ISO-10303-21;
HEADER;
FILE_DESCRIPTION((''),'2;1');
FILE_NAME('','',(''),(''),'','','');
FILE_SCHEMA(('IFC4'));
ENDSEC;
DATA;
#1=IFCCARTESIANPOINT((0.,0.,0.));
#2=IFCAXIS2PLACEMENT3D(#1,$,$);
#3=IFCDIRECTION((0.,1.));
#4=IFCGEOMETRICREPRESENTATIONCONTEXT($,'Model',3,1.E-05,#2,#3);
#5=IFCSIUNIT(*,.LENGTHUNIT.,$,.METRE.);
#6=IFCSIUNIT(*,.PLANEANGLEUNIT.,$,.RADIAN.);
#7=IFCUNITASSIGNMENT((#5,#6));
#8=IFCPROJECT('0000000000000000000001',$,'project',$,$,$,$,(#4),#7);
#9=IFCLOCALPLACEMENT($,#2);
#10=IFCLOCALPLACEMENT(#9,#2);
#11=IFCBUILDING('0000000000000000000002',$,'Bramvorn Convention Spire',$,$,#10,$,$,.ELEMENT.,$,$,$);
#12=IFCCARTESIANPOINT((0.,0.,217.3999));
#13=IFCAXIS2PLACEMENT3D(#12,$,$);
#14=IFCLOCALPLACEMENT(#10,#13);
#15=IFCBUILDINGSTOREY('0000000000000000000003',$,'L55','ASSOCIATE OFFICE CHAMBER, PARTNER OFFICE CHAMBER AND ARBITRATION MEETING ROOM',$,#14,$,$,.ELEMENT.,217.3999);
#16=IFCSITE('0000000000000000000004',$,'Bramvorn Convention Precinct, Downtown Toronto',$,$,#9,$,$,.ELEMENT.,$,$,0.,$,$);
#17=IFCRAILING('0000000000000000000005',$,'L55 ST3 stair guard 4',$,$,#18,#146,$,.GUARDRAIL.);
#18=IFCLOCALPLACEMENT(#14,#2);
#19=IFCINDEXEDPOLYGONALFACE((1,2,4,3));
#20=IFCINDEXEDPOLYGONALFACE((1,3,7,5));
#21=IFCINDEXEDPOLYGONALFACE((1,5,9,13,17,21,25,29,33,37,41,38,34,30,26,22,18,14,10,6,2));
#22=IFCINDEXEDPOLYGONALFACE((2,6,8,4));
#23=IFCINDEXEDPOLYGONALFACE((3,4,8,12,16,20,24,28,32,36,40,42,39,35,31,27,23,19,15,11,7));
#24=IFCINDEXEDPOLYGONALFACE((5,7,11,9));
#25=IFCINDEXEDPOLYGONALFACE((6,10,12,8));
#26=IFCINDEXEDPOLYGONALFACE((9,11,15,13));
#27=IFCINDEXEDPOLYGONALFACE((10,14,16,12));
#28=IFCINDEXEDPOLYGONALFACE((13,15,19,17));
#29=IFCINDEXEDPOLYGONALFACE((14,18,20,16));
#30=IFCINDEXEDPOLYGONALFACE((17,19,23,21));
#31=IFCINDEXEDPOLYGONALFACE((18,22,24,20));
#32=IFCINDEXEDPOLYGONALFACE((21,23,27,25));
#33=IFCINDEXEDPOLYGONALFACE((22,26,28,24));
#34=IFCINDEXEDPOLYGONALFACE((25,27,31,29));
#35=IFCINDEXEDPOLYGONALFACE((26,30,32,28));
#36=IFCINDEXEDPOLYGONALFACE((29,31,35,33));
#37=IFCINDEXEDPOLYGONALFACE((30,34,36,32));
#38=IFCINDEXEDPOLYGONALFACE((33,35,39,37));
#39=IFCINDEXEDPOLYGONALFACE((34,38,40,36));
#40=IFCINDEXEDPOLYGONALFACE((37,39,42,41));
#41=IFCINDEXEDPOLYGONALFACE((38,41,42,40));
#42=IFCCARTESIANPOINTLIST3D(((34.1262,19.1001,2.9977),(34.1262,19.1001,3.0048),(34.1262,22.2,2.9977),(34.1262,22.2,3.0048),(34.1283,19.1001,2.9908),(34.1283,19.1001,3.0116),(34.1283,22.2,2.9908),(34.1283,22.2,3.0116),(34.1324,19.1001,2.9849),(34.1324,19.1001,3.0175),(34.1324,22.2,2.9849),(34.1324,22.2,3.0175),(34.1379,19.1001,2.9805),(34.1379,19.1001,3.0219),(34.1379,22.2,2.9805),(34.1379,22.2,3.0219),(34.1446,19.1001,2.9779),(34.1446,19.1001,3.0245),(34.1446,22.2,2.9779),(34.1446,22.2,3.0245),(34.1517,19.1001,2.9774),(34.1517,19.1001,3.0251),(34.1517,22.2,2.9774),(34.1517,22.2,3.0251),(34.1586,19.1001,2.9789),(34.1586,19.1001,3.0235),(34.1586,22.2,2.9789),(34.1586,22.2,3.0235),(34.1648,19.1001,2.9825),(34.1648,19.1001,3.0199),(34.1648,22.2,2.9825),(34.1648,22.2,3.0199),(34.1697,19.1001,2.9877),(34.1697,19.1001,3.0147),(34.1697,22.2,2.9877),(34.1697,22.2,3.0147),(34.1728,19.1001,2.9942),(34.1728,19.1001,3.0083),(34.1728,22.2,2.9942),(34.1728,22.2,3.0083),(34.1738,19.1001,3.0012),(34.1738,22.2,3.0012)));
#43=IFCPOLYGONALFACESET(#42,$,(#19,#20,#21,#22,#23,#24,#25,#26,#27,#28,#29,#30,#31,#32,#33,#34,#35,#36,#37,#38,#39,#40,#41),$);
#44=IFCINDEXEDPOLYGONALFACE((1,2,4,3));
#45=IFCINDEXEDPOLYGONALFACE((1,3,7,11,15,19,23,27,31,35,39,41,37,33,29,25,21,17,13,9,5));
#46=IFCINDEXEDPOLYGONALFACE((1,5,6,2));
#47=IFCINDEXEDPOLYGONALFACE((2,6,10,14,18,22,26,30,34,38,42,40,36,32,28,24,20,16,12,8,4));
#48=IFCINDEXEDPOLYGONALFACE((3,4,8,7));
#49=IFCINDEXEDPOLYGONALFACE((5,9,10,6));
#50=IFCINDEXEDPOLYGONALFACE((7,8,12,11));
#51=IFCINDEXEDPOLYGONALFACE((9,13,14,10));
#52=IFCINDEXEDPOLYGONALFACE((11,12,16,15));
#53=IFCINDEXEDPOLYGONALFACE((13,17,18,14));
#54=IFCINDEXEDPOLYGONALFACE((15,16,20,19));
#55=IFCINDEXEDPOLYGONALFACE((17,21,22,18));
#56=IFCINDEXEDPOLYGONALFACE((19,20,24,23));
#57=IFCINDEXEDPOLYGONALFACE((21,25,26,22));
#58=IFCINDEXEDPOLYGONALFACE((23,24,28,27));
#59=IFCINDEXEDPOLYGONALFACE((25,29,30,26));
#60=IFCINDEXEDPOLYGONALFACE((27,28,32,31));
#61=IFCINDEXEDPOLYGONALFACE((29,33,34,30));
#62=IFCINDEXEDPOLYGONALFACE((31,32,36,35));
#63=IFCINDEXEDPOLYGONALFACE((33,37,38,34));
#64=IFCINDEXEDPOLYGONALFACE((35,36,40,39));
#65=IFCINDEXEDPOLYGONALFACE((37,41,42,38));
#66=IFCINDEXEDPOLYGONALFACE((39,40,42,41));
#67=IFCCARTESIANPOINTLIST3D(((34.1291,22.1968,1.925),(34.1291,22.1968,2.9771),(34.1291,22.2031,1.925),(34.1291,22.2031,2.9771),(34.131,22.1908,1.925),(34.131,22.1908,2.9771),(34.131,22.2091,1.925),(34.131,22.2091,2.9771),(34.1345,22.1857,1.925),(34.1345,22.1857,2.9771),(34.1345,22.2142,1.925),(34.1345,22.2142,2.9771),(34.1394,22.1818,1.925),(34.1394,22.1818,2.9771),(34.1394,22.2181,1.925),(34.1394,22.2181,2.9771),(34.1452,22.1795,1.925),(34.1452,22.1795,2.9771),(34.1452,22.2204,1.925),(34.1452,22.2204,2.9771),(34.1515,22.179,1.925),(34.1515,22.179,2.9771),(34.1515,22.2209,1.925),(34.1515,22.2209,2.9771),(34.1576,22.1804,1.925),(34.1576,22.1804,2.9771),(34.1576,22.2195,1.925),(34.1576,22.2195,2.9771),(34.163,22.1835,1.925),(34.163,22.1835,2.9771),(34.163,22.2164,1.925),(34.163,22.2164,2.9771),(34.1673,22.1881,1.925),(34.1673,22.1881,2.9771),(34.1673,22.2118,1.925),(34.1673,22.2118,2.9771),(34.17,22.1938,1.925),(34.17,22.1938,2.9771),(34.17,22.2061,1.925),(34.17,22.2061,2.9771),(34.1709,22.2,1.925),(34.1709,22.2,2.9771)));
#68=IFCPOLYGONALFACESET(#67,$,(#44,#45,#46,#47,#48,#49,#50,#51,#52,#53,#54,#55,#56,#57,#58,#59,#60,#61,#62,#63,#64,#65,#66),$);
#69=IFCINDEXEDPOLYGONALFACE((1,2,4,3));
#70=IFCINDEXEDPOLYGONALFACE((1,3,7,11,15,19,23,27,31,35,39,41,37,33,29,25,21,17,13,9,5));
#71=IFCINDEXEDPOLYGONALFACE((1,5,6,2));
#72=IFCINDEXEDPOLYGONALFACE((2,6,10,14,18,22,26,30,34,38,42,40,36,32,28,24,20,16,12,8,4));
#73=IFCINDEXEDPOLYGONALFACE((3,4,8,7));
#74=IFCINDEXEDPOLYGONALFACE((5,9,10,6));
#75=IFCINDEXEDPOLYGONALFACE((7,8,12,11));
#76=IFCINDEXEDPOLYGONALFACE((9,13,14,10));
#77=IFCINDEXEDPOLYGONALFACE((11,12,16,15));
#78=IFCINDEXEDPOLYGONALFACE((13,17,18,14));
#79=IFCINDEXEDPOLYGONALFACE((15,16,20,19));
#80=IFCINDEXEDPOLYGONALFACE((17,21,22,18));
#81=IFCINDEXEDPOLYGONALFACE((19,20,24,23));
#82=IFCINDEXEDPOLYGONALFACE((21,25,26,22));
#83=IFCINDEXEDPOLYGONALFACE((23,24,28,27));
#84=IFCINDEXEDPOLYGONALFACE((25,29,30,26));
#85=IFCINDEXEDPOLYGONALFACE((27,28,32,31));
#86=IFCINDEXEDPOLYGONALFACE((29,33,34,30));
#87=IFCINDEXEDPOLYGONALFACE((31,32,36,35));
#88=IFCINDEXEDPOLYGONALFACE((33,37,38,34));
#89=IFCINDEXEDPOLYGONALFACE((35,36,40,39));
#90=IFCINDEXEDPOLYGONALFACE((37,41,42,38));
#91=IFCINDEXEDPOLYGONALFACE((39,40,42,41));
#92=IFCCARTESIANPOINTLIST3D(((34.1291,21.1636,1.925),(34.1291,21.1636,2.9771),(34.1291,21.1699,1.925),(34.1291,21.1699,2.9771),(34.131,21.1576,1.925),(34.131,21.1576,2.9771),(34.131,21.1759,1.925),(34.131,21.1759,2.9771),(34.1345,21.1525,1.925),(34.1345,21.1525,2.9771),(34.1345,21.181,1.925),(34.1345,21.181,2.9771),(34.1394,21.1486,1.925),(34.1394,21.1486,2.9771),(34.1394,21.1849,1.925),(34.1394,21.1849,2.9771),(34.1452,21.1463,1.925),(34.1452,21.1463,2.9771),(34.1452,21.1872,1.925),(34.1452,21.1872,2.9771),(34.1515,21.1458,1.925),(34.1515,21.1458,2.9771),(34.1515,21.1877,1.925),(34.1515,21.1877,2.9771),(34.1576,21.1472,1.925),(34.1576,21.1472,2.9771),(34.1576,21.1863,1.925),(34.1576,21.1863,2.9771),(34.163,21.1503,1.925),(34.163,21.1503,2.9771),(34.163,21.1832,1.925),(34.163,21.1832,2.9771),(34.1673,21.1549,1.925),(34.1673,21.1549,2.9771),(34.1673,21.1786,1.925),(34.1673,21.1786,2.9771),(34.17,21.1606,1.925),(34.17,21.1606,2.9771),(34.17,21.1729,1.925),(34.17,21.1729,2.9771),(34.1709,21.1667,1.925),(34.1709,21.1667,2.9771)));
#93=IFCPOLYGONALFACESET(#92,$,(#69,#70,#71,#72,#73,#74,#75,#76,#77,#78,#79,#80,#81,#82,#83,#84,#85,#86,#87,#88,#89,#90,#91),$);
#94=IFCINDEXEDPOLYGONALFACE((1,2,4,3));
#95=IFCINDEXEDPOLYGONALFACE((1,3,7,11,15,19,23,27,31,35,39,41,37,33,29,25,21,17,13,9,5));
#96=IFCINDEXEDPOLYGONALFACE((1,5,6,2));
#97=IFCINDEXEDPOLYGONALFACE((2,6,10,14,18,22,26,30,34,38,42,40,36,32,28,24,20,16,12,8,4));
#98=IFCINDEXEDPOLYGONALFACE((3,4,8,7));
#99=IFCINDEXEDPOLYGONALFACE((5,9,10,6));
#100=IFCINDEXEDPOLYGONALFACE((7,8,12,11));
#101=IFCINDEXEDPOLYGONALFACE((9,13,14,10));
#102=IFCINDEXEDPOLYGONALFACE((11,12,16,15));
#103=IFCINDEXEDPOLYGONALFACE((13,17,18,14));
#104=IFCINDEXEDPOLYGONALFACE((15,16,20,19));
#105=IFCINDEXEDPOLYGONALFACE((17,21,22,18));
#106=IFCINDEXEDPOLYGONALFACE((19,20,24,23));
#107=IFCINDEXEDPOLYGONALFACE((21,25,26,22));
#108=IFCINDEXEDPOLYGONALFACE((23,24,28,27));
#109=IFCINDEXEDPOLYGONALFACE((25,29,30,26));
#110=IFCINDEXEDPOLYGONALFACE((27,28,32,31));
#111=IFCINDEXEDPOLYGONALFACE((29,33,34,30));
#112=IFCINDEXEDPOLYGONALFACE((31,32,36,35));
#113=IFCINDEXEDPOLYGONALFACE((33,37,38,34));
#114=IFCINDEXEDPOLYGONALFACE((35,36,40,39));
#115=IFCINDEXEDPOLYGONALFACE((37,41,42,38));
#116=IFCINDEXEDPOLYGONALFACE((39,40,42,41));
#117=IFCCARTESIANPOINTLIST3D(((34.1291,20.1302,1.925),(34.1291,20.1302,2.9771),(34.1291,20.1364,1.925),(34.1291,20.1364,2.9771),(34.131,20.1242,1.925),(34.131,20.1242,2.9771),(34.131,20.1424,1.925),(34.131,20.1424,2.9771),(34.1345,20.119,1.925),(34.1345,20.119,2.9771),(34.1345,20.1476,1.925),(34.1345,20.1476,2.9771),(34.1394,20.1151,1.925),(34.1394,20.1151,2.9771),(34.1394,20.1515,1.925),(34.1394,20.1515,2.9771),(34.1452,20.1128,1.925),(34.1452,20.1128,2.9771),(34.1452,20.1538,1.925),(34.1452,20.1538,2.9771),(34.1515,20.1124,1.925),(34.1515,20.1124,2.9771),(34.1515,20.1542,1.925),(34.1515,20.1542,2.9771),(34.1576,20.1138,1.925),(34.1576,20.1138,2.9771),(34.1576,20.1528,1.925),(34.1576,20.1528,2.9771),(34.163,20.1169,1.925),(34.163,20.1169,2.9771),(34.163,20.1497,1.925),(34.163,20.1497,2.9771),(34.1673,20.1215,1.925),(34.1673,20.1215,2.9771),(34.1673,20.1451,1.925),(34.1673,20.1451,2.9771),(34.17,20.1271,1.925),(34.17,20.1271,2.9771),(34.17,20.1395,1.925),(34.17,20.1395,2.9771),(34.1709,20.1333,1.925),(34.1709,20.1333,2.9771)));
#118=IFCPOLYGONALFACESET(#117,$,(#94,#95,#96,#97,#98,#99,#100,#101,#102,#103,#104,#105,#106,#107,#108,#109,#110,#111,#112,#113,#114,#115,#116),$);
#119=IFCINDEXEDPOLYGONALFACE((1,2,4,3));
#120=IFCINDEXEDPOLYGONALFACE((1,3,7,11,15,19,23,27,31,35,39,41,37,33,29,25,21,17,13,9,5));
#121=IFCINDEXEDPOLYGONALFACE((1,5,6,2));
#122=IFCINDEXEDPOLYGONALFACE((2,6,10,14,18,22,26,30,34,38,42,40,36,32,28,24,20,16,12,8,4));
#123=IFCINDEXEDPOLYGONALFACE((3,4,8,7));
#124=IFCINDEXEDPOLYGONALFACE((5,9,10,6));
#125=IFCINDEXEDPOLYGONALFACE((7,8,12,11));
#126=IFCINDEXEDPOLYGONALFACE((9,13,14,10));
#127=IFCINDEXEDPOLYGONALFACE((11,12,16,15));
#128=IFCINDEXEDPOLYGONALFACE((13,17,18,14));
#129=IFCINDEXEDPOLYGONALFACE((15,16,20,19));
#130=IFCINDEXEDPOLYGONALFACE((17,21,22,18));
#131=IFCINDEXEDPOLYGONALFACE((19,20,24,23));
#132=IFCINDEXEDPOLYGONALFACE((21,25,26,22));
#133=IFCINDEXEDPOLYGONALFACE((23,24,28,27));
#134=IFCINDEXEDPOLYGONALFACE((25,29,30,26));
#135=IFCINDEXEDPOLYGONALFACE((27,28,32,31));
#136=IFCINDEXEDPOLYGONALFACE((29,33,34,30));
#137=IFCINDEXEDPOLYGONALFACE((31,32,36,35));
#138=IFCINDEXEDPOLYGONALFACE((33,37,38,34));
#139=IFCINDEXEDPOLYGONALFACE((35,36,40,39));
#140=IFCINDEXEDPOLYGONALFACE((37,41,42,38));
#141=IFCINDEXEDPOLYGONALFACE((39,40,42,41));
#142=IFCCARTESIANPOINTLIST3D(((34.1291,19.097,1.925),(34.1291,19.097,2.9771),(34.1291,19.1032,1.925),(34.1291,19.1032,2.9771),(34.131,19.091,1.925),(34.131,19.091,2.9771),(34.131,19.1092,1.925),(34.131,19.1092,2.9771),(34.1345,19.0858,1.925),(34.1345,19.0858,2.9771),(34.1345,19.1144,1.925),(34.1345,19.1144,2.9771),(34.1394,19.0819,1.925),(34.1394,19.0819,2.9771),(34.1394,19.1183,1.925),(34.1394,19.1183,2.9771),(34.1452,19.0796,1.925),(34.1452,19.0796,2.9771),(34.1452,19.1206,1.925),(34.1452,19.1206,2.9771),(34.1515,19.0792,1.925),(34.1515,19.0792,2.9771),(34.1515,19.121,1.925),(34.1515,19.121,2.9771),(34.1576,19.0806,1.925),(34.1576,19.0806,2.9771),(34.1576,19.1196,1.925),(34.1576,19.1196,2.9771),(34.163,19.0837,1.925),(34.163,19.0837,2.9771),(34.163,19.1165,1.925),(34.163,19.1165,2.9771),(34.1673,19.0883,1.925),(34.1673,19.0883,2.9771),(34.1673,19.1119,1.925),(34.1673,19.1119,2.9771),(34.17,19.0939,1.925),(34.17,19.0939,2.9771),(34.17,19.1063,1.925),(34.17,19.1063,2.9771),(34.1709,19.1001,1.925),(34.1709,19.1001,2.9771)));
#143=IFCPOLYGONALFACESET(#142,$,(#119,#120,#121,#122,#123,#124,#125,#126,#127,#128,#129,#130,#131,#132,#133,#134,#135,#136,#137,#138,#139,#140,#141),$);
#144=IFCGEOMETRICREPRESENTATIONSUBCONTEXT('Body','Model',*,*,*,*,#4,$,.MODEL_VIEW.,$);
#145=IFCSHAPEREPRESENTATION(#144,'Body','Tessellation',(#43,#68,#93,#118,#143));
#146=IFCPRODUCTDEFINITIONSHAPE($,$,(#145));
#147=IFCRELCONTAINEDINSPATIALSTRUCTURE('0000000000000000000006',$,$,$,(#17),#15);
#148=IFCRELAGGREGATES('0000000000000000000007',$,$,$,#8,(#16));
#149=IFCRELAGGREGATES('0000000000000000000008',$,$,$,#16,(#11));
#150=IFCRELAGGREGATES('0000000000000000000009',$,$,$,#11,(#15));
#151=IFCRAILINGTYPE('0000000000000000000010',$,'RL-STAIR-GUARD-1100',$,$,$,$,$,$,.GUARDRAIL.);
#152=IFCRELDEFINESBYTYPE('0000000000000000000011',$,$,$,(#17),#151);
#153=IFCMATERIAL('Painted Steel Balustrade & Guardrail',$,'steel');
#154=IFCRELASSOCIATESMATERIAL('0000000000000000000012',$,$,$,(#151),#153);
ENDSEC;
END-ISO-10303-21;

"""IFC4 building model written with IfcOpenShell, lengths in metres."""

from ifc_helpers import new_model, si_unit, direction, frame, origin, origin_2d, place, context, subcontext, project, spatial, circle, extrude, material, type_object, element, save


model = new_model("IFC4")

# Units and contexts
model_context = context("Model", 3, precision=1e-05, world=origin(), true_north=direction((0.0, 1.0)))
body_context = subcontext(model_context, "Body", "Model", "MODEL_VIEW")
ifc_project = project(units=[si_unit("LENGTHUNIT", "METRE"), si_unit("PLANEANGLEUNIT", "RADIAN")], contexts=[model_context])

# Site, building, storey
site_placement = place(None, origin())
site = spatial("IfcSite", under=ifc_project, at=site_placement, Name="Bramvorn Convention Precinct, Downtown Toronto", CompositionType="ELEMENT", RefElevation=0.0)
building_placement = place(site_placement, origin())
building = spatial("IfcBuilding", under=site, at=building_placement, Name="Bramvorn Convention Spire", CompositionType="ELEMENT")
storey_placement = place(building_placement, frame((0.0, 0.0, 217.3999)))
storey = spatial("IfcBuildingStorey", under=building, at=storey_placement, Name="L55", Description="ASSOCIATE OFFICE CHAMBER, PARTNER OFFICE CHAMBER AND ARBITRATION MEETING ROOM", CompositionType="ELEMENT", Elevation=217.3999)

# Railing
ifc_material_1 = material(Name="Painted Steel Balustrade & Guardrail", Category="steel")
railing_type_1 = type_object("IfcRailingType", Name="RL-STAIR-GUARD-1100", PredefinedType="GUARDRAIL", material=ifc_material_1)
railing_1_placement = place(storey_placement, frame((34.1499, 22.2, 1.925)))
element("IfcRailing", 1, at=railing_1_placement, inside=storey, type_object=railing_type_1, Name="L55 ST3 stair guard 4", PredefinedType="GUARDRAIL", context=body_context, shape_type="SweptSolid", body=[
    extrude(circle(Radius=0.0239, at=origin_2d()), frame((0.0, 0.0, 1.0762), z_axis=(0.0, -1.0, 0.0), x_axis=(1.0, 0.0, 0.0)), (0.0, 0.0, 1.0), 3.0999),
    extrude(circle(Radius=0.021, at=origin_2d()), origin(), (0.0, 0.0, 1.0), 1.052),
    extrude(circle(Radius=0.021, at=origin_2d()), frame((0.0, -1.0332, 0.0)), (0.0, 0.0, 1.0), 1.052),
    extrude(circle(Radius=0.021, at=origin_2d()), frame((0.0, -2.0667, 0.0)), (0.0, 0.0, 1.0), 1.052),
    extrude(circle(Radius=0.021, at=origin_2d()), frame((0.0, -3.0999, 0.0)), (0.0, 0.0, 1.0), 1.052),
])

save(model, "model.ifc")
